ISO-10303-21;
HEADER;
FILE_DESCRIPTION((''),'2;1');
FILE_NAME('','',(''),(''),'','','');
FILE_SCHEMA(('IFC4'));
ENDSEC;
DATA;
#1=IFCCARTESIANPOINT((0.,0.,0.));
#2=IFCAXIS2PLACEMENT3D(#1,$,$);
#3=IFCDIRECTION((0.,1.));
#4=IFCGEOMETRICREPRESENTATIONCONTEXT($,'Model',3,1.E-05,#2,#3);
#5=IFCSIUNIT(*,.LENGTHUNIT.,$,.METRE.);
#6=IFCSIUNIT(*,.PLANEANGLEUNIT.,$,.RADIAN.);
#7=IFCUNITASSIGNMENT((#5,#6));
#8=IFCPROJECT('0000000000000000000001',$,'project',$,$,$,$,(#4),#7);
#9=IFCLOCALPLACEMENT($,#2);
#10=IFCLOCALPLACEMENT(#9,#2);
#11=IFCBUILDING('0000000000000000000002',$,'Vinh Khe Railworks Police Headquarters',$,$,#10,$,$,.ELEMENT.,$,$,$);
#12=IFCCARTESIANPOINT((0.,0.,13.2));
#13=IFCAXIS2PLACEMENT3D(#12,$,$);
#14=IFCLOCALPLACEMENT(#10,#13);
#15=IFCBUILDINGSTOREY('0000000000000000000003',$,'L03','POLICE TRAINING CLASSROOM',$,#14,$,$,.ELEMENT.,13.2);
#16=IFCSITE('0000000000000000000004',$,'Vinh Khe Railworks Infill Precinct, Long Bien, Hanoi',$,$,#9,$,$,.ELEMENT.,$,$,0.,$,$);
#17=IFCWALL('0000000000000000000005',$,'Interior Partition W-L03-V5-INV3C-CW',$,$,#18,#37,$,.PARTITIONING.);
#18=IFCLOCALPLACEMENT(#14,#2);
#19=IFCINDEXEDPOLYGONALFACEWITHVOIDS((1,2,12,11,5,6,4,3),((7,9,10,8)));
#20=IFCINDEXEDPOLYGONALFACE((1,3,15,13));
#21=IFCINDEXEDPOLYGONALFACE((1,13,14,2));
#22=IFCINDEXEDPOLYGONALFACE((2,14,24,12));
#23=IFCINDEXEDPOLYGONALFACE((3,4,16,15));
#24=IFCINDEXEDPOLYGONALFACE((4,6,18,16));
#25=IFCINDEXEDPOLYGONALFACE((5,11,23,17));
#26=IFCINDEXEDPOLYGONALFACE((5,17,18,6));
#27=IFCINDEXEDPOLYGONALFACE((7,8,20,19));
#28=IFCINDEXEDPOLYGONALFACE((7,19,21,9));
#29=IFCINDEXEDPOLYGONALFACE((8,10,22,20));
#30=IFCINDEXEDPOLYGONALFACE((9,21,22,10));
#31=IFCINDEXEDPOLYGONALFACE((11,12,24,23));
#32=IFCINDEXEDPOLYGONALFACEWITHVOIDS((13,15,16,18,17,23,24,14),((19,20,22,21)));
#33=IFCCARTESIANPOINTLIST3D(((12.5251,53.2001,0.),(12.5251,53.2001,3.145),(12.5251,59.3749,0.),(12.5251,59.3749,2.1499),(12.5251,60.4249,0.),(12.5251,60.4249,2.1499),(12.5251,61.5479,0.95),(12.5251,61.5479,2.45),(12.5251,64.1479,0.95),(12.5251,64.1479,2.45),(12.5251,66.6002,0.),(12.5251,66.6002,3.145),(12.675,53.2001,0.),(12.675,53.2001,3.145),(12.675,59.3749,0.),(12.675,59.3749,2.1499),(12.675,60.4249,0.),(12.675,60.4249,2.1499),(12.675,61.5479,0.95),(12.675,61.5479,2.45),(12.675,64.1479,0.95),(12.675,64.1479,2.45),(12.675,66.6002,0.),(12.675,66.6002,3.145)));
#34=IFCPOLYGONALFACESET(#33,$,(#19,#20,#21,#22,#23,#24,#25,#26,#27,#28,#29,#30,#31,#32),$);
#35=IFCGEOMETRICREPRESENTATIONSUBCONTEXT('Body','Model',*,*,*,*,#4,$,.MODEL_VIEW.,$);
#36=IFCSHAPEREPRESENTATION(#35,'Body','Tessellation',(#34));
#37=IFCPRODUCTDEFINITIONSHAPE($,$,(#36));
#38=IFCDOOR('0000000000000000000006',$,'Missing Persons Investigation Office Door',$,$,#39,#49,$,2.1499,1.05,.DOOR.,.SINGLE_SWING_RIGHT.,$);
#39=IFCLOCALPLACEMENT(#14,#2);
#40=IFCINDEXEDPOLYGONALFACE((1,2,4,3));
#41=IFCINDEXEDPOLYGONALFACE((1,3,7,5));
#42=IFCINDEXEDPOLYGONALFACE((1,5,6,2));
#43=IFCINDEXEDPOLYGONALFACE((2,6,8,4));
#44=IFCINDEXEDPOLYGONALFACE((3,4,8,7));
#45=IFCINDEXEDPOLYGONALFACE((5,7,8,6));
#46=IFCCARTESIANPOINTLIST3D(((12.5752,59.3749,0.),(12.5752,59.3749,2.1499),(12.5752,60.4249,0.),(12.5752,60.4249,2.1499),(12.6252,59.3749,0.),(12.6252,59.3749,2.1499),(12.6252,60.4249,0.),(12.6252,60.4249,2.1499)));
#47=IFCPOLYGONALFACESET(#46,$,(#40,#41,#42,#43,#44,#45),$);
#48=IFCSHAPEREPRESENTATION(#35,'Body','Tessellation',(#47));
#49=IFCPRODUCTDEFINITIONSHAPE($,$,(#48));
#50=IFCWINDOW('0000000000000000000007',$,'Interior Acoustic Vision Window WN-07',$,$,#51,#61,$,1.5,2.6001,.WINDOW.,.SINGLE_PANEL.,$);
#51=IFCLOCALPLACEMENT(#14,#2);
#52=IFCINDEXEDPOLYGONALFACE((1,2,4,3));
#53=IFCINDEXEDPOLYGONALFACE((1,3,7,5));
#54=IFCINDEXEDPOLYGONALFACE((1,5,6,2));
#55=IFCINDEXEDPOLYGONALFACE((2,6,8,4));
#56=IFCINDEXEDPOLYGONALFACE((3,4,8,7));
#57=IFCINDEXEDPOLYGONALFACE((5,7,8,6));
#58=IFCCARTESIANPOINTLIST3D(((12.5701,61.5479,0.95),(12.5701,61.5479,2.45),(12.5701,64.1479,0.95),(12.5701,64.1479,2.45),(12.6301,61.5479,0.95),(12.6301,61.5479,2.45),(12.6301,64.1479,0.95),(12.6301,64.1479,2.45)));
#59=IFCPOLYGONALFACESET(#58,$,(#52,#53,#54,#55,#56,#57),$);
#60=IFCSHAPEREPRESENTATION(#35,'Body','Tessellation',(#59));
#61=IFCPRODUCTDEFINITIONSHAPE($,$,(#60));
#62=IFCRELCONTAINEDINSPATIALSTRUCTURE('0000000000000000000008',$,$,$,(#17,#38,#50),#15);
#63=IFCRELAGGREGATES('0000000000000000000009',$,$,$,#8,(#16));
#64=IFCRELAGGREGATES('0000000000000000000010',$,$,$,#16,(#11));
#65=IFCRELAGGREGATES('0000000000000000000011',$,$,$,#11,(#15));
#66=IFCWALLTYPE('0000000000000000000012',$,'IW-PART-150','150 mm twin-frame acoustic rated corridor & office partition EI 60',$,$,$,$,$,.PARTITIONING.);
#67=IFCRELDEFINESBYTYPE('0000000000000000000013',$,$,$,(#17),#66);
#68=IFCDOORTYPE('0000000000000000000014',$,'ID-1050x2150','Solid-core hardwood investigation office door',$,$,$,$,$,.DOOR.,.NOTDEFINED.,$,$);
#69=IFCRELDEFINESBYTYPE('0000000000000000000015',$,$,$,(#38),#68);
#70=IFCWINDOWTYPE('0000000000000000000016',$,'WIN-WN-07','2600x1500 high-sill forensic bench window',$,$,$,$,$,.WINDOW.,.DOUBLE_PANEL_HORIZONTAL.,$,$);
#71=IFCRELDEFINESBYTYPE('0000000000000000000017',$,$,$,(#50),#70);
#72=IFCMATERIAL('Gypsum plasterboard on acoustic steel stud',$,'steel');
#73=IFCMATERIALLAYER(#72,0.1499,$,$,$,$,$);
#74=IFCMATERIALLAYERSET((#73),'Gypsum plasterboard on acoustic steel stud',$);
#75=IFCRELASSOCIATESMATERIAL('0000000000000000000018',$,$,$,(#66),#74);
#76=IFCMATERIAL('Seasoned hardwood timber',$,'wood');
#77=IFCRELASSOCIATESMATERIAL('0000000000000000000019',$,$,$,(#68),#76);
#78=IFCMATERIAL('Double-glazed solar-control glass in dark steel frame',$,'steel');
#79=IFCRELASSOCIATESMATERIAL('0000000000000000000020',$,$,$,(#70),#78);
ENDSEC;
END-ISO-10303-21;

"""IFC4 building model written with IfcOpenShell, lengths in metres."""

from ifc_helpers import new_model, si_unit, direction, frame, frame_2d, origin, place, context, subcontext, project, spatial, rectangle, extrude, material, layer, layer_set, type_object, element, fill, save


model = new_model("IFC4")

# Units and contexts
model_context = context("Model", 3, precision=1e-05, world=origin(), true_north=direction((0.0, 1.0)))
body_context = subcontext(model_context, "Body", "Model", "MODEL_VIEW")
ifc_project = project(units=[si_unit("LENGTHUNIT", "METRE"), si_unit("PLANEANGLEUNIT", "RADIAN")], contexts=[model_context])

# Site, building, storey
site_placement = place(None, origin())
site = spatial("IfcSite", under=ifc_project, at=site_placement, Name="Vinh Khe Railworks Infill Precinct, Long Bien, Hanoi", CompositionType="ELEMENT", RefElevation=0.0)
building_placement = place(site_placement, origin())
building = spatial("IfcBuilding", under=site, at=building_placement, Name="Vinh Khe Railworks Police Headquarters", CompositionType="ELEMENT")
storey_placement = place(building_placement, frame((0.0, 0.0, 13.2)))
storey = spatial("IfcBuildingStorey", under=building, at=storey_placement, Name="L03", Description="POLICE TRAINING CLASSROOM", CompositionType="ELEMENT", Elevation=13.2)

# Wall, openings, door, window
ifc_material_1 = material(Name="Gypsum plasterboard on acoustic steel stud", Category="steel")
ifc_layer = layer(ifc_material_1, 0.1499)
ifc_layer_set = layer_set([ifc_layer], Name="Gypsum plasterboard on acoustic steel stud")
wall_type = type_object("IfcWallType", Name="IW-PART-150", Description="150 mm twin-frame acoustic rated corridor & office partition EI 60", PredefinedType="PARTITIONING", material=ifc_layer_set)
wall_placement = place(storey_placement, frame((12.6001, 53.2, 0.0), z_axis=(0.0, 0.0, 1.0), x_axis=(0.0, 1.0, 0.0)))
wall = element("IfcWall", 1, at=wall_placement, inside=storey, type_object=wall_type, Name="Interior Partition W-L03-V5-INV3C-CW", PredefinedType="PARTITIONING", context=body_context, shape_type="SweptSolid", body=[
    extrude(rectangle(XDim=13.4001, YDim=0.1499, at=frame_2d((6.7002, 0.0))), origin(), (0.0, 0.0, 1.0), 3.145),
])
opening_1_placement = place(wall_placement, frame((6.175, 0.0, 0.0)))
opening_1 = element("IfcOpeningElement", 2, at=opening_1_placement, cuts=wall, PredefinedType="OPENING", context=body_context, shape_type="SweptSolid", body=[
    extrude(rectangle(XDim=1.05, YDim=2.1499, at=frame_2d((0.5249, 1.075))), frame((0.0, 0.0898, 0.0), z_axis=(0.0, -1.0, 0.0), x_axis=(1.0, 0.0, 0.0)), (0.0, 0.0, 1.0), 0.1797),
])
opening_2_placement = place(wall_placement, frame((8.3479, 0.0, 0.95)))
opening_2 = element("IfcOpeningElement", 3, at=opening_2_placement, cuts=wall, PredefinedType="OPENING", context=body_context, shape_type="SweptSolid", body=[
    extrude(rectangle(XDim=2.6001, YDim=1.5, at=frame_2d((1.3, 0.75))), frame((0.0, 0.0898, 0.0), z_axis=(0.0, -1.0, 0.0), x_axis=(1.0, 0.0, 0.0)), (0.0, 0.0, 1.0), 0.1797),
])
ifc_material_2 = material(Name="Seasoned hardwood timber", Category="wood")
door_type = type_object("IfcDoorType", Name="ID-1050x2150", Description="Solid-core hardwood investigation office door", OperationType="NOTDEFINED", PredefinedType="DOOR", material=ifc_material_2)
door_placement = place(opening_1_placement, origin())
door = element("IfcDoor", 4, at=door_placement, inside=storey, type_object=door_type, Name="Missing Persons Investigation Office Door", OperationType="SINGLE_SWING_RIGHT", OverallHeight=2.1499, OverallWidth=1.05, PredefinedType="DOOR", context=body_context, shape_type="SweptSolid", body=[
    extrude(rectangle(XDim=1.05, YDim=2.1499, at=frame_2d((0.5249, 1.075))), frame((0.0, 0.0249, 0.0), z_axis=(0.0, -1.0, 0.0), x_axis=(1.0, 0.0, 0.0)), (0.0, 0.0, 1.0), 0.05),
])
fill(opening_1, door)
ifc_material_3 = material(Name="Double-glazed solar-control glass in dark steel frame", Category="steel")
window_type = type_object("IfcWindowType", Name="WIN-WN-07", Description="2600x1500 high-sill forensic bench window", PartitioningType="DOUBLE_PANEL_HORIZONTAL", PredefinedType="WINDOW", material=ifc_material_3)
window_placement = place(opening_2_placement, origin())
window = element("IfcWindow", 5, at=window_placement, inside=storey, type_object=window_type, Name="Interior Acoustic Vision Window WN-07", OverallHeight=1.5, OverallWidth=2.6001, PartitioningType="SINGLE_PANEL", PredefinedType="WINDOW", context=body_context, shape_type="SweptSolid", body=[
    extrude(rectangle(XDim=2.6001, YDim=1.5, at=frame_2d((1.3, 0.75))), frame((0.0, 0.03, 0.0), z_axis=(0.0, -1.0, 0.0), x_axis=(1.0, 0.0, 0.0)), (0.0, 0.0, 1.0), 0.0601),
])
fill(opening_2, window)

save(model, "model.ifc")
